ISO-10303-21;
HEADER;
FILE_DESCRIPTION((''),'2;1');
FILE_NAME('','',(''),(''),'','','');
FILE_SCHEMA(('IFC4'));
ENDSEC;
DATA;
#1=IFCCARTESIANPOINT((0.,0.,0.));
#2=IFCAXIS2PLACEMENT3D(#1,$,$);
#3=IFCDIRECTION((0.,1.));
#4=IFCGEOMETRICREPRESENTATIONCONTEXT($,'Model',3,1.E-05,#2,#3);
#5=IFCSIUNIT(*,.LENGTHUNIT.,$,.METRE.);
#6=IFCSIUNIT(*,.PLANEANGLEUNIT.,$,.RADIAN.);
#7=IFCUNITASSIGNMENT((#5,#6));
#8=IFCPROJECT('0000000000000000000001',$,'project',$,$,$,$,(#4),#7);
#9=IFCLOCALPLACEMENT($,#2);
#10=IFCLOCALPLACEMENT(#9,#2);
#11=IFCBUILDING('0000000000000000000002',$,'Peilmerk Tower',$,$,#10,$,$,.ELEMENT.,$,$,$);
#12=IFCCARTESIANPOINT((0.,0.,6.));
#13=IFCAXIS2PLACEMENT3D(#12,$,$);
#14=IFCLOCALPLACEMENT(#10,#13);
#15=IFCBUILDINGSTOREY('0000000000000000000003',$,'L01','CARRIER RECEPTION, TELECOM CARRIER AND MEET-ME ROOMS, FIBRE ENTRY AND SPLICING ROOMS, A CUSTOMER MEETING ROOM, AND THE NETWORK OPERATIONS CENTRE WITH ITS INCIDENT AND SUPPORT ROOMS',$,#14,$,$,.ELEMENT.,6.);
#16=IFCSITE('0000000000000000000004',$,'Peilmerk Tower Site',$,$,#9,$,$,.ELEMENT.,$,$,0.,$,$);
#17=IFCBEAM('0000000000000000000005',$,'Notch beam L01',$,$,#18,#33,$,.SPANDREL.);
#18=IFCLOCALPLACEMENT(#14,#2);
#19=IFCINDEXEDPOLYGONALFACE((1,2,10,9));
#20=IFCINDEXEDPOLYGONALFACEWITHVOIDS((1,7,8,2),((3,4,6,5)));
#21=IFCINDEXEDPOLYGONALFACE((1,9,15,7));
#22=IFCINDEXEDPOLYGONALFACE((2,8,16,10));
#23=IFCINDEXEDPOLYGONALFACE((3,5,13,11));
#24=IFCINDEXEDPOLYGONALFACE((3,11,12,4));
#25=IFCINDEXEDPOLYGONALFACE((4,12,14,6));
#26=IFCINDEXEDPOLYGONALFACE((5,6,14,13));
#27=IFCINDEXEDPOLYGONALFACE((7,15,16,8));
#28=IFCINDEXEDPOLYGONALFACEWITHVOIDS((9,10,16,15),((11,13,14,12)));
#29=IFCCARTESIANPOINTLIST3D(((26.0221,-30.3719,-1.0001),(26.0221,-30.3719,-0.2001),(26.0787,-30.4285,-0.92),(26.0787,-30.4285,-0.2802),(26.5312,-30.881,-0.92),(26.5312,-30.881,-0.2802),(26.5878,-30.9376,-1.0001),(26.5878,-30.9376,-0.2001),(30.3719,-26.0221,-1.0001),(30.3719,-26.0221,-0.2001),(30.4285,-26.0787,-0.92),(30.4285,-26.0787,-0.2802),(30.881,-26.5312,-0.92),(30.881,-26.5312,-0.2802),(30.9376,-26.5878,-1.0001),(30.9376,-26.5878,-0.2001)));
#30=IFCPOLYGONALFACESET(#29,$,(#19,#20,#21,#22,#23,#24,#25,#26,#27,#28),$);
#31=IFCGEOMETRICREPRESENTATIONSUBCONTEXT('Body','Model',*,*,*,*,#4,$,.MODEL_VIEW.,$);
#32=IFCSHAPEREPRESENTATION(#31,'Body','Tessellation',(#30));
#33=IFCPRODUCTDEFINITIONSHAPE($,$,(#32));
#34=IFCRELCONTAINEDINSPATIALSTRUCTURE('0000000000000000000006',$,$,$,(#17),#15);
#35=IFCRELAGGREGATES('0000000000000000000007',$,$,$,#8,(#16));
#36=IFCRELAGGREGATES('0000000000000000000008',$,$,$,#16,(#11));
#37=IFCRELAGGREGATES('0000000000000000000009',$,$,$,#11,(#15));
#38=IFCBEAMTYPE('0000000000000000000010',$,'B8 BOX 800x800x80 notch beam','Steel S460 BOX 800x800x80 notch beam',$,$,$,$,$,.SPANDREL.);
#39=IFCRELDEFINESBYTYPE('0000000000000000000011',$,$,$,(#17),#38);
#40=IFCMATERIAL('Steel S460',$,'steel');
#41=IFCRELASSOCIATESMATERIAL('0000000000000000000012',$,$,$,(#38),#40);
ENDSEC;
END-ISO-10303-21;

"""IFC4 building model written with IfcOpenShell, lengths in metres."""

from ifc_helpers import new_model, si_unit, direction, frame, origin, origin_2d, place, context, subcontext, project, spatial, hollow_rectangle, extrude, material, material_profile, profile_set, type_object, element, save


model = new_model("IFC4")

# Units and contexts
model_context = context("Model", 3, precision=1e-05, world=origin(), true_north=direction((0.0, 1.0)))
body_context = subcontext(model_context, "Body", "Model", "MODEL_VIEW")
ifc_project = project(units=[si_unit("LENGTHUNIT", "METRE"), si_unit("PLANEANGLEUNIT", "RADIAN")], contexts=[model_context])

# Site, building, storey
site_placement = place(None, origin())
site = spatial("IfcSite", under=ifc_project, at=site_placement, Name="Peilmerk Tower Site", CompositionType="ELEMENT", RefElevation=0.0)
building_placement = place(site_placement, origin())
building = spatial("IfcBuilding", under=site, at=building_placement, Name="Peilmerk Tower", CompositionType="ELEMENT")
storey_placement = place(building_placement, frame((0.0, 0.0, 6.0)))
storey = spatial("IfcBuildingStorey", under=building, at=storey_placement, Name="L01", Description="CARRIER RECEPTION, TELECOM CARRIER AND MEET-ME ROOMS, FIBRE ENTRY AND SPLICING ROOMS, A CUSTOMER MEETING ROOM, AND THE NETWORK OPERATIONS CENTRE WITH ITS INCIDENT AND SUPPORT ROOMS", CompositionType="ELEMENT", Elevation=6.0)

# Beam
ifc_material_1 = material(Name="Steel S460", Category="steel")
ifc_material_profile_1 = material_profile(ifc_material_1, hollow_rectangle(XDim=0.8, YDim=0.8, WallThickness=0.0801, at=origin_2d()), Name="BOX 800x800x80")
ifc_profile_set_1 = profile_set([ifc_material_profile_1], Name="Steel S460")
beam_type_1 = type_object("IfcBeamType", Name="B8 BOX 800x800x80 notch beam", Description="Steel S460 BOX 800x800x80 notch beam", PredefinedType="SPANDREL", material=ifc_profile_set_1)
beam_1_placement = place(storey_placement, frame((30.6548, -26.3049, -0.6001), z_axis=(-0.707107, -0.707107, 0.0), x_axis=(0.707107, -0.707107, 0.0)))
element("IfcBeam", 1, at=beam_1_placement, inside=storey, type_object=beam_type_1, Name="Notch beam L01", PredefinedType="SPANDREL", context=body_context, shape_type="SweptSolid", body=[
    extrude(hollow_rectangle(XDim=0.8, YDim=0.8, WallThickness=0.0801, at=origin_2d()), origin(), (0.0, 0.0, 1.0), 6.1516),
])

save(model, "model.ifc")
